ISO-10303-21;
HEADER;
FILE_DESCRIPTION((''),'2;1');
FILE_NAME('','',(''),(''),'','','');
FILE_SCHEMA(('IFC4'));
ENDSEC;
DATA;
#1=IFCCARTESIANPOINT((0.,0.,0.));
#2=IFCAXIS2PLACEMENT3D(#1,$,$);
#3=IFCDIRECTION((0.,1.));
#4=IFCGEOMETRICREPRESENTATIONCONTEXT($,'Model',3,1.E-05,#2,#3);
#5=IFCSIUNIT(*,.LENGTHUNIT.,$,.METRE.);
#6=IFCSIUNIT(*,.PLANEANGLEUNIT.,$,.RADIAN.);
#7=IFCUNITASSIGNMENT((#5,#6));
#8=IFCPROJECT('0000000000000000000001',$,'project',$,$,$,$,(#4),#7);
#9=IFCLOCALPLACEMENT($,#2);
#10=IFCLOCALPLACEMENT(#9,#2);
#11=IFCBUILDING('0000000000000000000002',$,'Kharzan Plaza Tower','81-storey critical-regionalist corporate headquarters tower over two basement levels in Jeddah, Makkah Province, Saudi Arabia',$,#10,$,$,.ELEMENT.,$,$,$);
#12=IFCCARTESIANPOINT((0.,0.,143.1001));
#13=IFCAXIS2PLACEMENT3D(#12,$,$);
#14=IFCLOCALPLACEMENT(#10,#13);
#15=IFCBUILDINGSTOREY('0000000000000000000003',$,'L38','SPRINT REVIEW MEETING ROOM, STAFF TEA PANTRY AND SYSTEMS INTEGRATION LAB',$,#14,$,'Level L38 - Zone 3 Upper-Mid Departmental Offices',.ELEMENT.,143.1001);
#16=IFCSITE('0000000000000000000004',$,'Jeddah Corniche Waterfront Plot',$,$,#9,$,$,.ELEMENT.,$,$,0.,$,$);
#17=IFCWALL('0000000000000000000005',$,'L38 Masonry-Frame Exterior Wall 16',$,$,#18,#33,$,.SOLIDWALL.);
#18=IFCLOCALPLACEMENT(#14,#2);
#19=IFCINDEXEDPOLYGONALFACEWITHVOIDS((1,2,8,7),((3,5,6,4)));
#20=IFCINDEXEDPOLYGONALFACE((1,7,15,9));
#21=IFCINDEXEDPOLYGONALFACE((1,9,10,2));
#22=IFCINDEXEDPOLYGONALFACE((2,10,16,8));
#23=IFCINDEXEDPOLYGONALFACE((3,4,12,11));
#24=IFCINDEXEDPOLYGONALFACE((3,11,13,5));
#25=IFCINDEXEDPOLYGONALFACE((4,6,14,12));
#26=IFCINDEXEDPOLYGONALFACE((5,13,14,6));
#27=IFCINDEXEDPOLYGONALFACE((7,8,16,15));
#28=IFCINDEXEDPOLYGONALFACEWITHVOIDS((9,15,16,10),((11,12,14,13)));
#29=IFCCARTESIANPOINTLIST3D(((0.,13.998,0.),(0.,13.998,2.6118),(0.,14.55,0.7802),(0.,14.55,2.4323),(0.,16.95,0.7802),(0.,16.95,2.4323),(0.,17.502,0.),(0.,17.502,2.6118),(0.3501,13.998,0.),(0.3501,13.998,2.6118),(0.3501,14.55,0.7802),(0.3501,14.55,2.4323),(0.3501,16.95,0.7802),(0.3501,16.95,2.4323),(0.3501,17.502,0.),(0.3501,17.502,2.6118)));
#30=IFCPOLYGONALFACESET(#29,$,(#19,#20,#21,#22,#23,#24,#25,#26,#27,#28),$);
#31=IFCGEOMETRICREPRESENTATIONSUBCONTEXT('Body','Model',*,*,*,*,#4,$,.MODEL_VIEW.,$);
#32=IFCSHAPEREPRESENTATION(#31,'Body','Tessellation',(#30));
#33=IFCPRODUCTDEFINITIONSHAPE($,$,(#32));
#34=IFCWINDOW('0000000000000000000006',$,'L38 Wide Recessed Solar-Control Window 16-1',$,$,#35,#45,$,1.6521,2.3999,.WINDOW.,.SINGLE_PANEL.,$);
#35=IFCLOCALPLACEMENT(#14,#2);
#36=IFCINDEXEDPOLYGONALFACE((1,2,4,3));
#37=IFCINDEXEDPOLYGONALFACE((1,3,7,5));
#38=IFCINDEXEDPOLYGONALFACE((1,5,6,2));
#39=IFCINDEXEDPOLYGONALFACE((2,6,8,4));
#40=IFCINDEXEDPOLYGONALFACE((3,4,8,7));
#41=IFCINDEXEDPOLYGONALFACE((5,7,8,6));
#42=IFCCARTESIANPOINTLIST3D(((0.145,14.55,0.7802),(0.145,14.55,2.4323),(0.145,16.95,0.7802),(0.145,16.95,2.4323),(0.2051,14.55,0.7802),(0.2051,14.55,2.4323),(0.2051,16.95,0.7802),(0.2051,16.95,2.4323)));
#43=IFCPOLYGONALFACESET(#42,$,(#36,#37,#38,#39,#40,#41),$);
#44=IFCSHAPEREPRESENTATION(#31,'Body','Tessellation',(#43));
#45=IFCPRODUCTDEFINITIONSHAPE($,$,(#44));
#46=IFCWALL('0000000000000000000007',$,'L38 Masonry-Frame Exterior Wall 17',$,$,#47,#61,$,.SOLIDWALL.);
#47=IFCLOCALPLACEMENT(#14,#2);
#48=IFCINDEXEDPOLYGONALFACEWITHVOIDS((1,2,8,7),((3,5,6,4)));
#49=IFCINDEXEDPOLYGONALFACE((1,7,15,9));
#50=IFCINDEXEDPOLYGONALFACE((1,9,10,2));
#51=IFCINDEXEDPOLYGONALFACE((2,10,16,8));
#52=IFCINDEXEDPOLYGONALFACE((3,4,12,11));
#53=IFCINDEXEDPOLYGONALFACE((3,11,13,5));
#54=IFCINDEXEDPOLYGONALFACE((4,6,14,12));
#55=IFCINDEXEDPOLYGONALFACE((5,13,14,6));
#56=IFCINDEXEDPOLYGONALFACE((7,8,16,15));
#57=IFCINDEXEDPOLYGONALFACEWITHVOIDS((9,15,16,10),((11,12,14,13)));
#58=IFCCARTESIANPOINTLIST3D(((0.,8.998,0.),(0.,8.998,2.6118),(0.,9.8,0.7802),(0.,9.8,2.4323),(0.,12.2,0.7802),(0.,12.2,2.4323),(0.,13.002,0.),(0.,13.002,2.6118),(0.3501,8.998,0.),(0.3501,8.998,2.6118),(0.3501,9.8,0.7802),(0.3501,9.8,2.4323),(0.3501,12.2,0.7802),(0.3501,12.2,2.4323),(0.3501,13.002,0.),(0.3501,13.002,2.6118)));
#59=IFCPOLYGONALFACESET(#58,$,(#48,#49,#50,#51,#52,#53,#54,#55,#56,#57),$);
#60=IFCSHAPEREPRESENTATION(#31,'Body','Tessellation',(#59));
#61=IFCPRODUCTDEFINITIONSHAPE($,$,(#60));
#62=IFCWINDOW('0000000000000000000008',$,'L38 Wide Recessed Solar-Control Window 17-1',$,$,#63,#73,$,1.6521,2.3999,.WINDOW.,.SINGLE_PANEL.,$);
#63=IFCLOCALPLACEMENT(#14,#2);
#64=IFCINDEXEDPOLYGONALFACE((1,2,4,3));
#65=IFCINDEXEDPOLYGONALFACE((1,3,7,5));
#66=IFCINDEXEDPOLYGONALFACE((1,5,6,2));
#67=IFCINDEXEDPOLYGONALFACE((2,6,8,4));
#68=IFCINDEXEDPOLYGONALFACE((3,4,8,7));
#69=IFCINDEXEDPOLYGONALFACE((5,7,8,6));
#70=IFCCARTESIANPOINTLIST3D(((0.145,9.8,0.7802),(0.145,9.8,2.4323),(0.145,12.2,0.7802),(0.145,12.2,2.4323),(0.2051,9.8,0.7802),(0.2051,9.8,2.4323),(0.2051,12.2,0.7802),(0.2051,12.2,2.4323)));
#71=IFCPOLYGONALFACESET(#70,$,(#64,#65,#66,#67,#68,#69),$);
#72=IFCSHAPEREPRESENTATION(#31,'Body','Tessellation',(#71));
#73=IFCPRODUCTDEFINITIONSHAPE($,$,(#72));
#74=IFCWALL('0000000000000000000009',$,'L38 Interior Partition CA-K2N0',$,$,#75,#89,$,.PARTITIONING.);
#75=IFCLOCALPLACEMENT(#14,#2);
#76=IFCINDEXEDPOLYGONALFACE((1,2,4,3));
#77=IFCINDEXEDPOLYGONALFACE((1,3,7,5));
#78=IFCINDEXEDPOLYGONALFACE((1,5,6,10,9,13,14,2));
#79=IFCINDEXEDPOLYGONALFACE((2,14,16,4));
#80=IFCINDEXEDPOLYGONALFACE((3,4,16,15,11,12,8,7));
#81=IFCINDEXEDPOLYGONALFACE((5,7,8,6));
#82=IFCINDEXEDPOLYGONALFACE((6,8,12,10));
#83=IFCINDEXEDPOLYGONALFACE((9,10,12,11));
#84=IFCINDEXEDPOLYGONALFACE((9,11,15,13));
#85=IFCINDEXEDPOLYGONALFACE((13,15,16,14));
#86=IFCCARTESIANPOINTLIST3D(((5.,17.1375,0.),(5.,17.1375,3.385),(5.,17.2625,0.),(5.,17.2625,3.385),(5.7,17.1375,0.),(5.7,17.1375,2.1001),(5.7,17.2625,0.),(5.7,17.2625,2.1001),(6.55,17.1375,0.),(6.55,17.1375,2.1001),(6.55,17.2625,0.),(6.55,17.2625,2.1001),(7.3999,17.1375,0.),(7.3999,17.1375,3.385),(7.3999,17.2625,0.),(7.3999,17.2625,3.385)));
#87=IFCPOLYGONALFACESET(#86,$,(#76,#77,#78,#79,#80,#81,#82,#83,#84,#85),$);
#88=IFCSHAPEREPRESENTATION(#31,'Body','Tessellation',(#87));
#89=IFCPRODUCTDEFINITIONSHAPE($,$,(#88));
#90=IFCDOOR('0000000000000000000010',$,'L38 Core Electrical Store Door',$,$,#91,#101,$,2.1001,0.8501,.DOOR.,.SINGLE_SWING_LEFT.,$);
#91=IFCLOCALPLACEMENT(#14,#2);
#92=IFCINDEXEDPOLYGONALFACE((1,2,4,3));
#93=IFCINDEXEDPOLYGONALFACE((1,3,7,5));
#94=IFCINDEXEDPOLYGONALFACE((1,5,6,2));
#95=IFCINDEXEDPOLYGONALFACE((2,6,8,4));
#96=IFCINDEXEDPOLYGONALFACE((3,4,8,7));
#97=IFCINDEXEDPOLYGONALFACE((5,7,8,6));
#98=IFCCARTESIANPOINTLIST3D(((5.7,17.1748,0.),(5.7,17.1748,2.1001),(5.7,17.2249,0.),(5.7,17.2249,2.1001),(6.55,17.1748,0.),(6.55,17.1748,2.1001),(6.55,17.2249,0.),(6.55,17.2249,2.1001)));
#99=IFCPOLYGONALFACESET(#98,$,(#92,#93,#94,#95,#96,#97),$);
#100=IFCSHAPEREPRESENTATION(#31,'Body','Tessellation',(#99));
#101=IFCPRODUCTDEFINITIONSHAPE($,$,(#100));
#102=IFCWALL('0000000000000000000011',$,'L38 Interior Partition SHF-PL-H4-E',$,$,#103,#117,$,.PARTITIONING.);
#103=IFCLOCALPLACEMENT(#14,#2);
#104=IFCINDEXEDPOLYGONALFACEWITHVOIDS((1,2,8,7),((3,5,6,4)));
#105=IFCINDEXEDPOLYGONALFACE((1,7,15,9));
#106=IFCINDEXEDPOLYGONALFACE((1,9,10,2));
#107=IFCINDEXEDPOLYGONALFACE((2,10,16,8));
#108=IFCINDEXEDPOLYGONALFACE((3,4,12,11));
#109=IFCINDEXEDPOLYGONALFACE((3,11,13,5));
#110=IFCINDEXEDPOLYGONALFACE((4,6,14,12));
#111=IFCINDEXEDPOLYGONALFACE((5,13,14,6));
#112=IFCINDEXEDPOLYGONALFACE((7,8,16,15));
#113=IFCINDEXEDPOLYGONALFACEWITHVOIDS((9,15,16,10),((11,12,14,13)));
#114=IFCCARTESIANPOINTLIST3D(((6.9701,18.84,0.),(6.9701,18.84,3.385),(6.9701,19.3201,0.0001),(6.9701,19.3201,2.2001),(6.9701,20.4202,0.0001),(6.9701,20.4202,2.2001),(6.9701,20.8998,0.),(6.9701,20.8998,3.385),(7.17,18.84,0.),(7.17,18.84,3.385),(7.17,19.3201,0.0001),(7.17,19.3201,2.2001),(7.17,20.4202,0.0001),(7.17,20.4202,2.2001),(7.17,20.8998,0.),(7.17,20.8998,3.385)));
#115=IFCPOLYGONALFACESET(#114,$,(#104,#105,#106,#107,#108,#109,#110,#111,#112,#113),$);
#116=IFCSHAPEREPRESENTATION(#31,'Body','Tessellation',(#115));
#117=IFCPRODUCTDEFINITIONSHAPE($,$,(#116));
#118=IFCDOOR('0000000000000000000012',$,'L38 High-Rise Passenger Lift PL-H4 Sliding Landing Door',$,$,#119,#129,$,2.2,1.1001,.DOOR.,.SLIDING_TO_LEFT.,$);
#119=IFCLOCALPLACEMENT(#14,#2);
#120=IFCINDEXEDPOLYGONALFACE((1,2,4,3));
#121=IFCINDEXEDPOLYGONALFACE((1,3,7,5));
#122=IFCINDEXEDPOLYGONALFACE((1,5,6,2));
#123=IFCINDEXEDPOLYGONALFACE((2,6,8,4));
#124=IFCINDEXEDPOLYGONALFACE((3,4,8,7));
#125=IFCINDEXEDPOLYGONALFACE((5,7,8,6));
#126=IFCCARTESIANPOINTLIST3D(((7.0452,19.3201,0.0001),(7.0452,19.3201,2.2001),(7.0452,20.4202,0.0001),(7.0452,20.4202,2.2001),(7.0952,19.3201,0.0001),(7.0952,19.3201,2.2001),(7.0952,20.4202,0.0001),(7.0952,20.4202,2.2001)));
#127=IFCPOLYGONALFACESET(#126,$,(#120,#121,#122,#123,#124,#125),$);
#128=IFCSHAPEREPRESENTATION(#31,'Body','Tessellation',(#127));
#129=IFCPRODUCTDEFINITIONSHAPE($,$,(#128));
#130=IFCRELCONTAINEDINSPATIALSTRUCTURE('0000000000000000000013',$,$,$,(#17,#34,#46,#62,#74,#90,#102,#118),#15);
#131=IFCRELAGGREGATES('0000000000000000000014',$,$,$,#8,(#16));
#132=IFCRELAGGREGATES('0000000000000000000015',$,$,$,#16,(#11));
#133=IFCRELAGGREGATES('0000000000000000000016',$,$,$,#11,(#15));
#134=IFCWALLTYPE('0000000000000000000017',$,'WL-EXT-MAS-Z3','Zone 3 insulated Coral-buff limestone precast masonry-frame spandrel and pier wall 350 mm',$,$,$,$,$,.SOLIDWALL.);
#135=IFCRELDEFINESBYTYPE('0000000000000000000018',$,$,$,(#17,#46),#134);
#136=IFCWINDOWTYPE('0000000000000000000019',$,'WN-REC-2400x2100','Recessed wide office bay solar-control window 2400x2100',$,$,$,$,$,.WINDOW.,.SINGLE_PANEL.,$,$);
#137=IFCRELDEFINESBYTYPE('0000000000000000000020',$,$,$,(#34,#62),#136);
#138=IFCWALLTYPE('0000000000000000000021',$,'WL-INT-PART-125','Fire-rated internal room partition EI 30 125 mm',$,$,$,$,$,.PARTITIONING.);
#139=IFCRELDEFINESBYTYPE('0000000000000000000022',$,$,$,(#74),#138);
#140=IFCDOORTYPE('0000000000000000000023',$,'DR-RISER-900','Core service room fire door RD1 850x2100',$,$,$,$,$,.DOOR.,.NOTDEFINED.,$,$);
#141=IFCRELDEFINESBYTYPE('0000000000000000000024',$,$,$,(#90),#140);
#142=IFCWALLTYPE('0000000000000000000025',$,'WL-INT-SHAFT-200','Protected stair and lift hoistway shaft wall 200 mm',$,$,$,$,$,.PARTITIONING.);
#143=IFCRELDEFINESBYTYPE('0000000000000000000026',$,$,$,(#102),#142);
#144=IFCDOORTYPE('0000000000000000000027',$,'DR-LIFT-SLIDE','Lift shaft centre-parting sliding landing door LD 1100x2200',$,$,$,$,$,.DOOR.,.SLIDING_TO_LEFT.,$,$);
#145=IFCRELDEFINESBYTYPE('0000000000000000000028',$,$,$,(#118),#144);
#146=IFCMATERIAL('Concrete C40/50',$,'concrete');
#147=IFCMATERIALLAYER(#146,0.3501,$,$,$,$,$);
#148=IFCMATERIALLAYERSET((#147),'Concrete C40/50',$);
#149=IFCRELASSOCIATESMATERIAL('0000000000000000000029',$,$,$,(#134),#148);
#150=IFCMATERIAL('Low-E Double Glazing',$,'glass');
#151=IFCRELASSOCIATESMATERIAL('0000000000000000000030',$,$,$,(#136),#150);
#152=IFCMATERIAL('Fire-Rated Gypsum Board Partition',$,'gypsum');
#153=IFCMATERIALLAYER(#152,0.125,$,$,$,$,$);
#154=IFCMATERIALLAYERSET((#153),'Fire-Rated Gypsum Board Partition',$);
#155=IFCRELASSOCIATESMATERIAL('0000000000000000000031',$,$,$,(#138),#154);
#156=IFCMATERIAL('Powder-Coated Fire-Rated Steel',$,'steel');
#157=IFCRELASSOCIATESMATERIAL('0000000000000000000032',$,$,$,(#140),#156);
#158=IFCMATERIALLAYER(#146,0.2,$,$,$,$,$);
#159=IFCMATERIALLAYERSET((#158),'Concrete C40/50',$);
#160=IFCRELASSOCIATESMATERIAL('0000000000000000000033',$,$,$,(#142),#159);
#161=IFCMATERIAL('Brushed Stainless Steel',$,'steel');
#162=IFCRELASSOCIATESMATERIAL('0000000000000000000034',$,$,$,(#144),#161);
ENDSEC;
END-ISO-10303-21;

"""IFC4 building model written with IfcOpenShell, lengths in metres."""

from ifc_helpers import new_model, si_unit, direction, frame, frame_2d, origin, place, context, subcontext, project, spatial, rectangle, extrude, source, transform, mapped, material, layer, layer_set, type_object, element, fill, save


model = new_model("IFC4")

# Units and contexts
model_context = context("Model", 3, precision=1e-05, world=origin(), true_north=direction((0.0, 1.0)))
body_context = subcontext(model_context, "Body", "Model", "MODEL_VIEW")
ifc_project = project(units=[si_unit("LENGTHUNIT", "METRE"), si_unit("PLANEANGLEUNIT", "RADIAN")], contexts=[model_context])

# Site, building, storey
site_placement = place(None, origin())
site = spatial("IfcSite", under=ifc_project, at=site_placement, Name="Jeddah Corniche Waterfront Plot", CompositionType="ELEMENT", RefElevation=0.0)
building_placement = place(site_placement, origin())
building = spatial("IfcBuilding", under=site, at=building_placement, Name="Kharzan Plaza Tower", Description="81-storey critical-regionalist corporate headquarters tower over two basement levels in Jeddah, Makkah Province, Saudi Arabia", CompositionType="ELEMENT")
storey_placement = place(building_placement, frame((0.0, 0.0, 143.1001)))
storey = spatial("IfcBuildingStorey", under=building, at=storey_placement, Name="L38", Description="SPRINT REVIEW MEETING ROOM, STAFF TEA PANTRY AND SYSTEMS INTEGRATION LAB", LongName="Level L38 - Zone 3 Upper-Mid Departmental Offices", CompositionType="ELEMENT", Elevation=143.1001)

# Walls, openings, windows
ifc_material_1 = material(Name="Concrete C40/50", Category="concrete")
ifc_layer_1 = layer(ifc_material_1, 0.3501)
ifc_layer_set_1 = layer_set([ifc_layer_1], Name="Concrete C40/50")
wall_type_1 = type_object("IfcWallType", Name="WL-EXT-MAS-Z3", Description="Zone 3 insulated Coral-buff limestone precast masonry-frame spandrel and pier wall 350 mm", PredefinedType="SOLIDWALL", material=ifc_layer_set_1)
wall_1_placement = place(storey_placement, frame((0.175, 17.502, 0.0), z_axis=(0.0, 0.0, 1.0), x_axis=(0.0, -1.0, 0.0)))
wall_1 = element("IfcWall", 1, at=wall_1_placement, inside=storey, type_object=wall_type_1, Name="L38 Masonry-Frame Exterior Wall 16", PredefinedType="SOLIDWALL", context=body_context, shape_type="SweptSolid", body=[
    extrude(rectangle(XDim=3.5039, YDim=0.3501, at=frame_2d((1.752, 0.0))), origin(), (0.0, 0.0, 1.0), 2.6118),
])
opening_1_placement = place(wall_1_placement, frame((0.552, 0.0, 0.78)))
opening_1 = element("IfcOpeningElement", 2, at=opening_1_placement, cuts=wall_1, PredefinedType="OPENING", context=body_context, shape_type="SweptSolid", body=[
    extrude(rectangle(XDim=2.3999, YDim=1.6521, at=frame_2d((1.2, 0.8262))), frame((0.0, 0.1851, 0.0), z_axis=(0.0, -1.0, 0.0), x_axis=(1.0, 0.0, 0.0)), (0.0, 0.0, 1.0), 0.3701),
])
ifc_material_2 = material(Name="Low-E Double Glazing", Category="glass")
window_type = type_object("IfcWindowType", Name="WN-REC-2400x2100", Description="Recessed wide office bay solar-control window 2400x2100", PartitioningType="SINGLE_PANEL", PredefinedType="WINDOW", material=ifc_material_2)
shared_shape_1 = source(origin(), body_context, "Body", "SweptSolid", [
    extrude(rectangle(XDim=2.3999, YDim=1.6521, at=frame_2d((1.2, 0.8262))), frame((0.0, 0.03, 0.0), z_axis=(0.0, -1.0, 0.0), x_axis=(1.0, 0.0, 0.0)), (0.0, 0.0, 1.0), 0.0601),
])
window_1_placement = place(opening_1_placement, origin())
window_1 = element("IfcWindow", 3, at=window_1_placement, inside=storey, type_object=window_type, Name="L38 Wide Recessed Solar-Control Window 16-1", OverallHeight=1.6521, OverallWidth=2.3999, PartitioningType="SINGLE_PANEL", PredefinedType="WINDOW", context=body_context, shape_type="MappedRepresentation", body=[
    mapped(shared_shape_1, transform((0.0, 0.0, 0.0), x_axis=(1.0, 0.0, 0.0), y_axis=(0.0, 1.0, 0.0), z_axis=(0.0, 0.0, 1.0))),
])
fill(opening_1, window_1)
wall_2_placement = place(storey_placement, frame((0.175, 13.002, 0.0), z_axis=(0.0, 0.0, 1.0), x_axis=(0.0, -1.0, 0.0)))
wall_2 = element("IfcWall", 4, at=wall_2_placement, inside=storey, type_object=wall_type_1, Name="L38 Masonry-Frame Exterior Wall 17", PredefinedType="SOLIDWALL", context=body_context, shape_type="SweptSolid", body=[
    extrude(rectangle(XDim=4.0039, YDim=0.3501, at=frame_2d((2.002, 0.0))), origin(), (0.0, 0.0, 1.0), 2.6118),
])
opening_2_placement = place(wall_2_placement, frame((0.802, 0.0, 0.78)))
opening_2 = element("IfcOpeningElement", 5, at=opening_2_placement, cuts=wall_2, PredefinedType="OPENING", context=body_context, shape_type="SweptSolid", body=[
    extrude(rectangle(XDim=2.3999, YDim=1.6521, at=frame_2d((1.2, 0.8262))), frame((0.0, 0.1851, 0.0), z_axis=(0.0, -1.0, 0.0), x_axis=(1.0, 0.0, 0.0)), (0.0, 0.0, 1.0), 0.3701),
])
window_2_placement = place(opening_2_placement, origin())
window_2 = element("IfcWindow", 6, at=window_2_placement, inside=storey, type_object=window_type, Name="L38 Wide Recessed Solar-Control Window 17-1", OverallHeight=1.6521, OverallWidth=2.3999, PartitioningType="SINGLE_PANEL", PredefinedType="WINDOW", context=body_context, shape_type="MappedRepresentation", body=[
    mapped(shared_shape_1, transform((0.0, 0.0, 0.0), x_axis=(1.0, 0.0, 0.0), y_axis=(0.0, 1.0, 0.0), z_axis=(0.0, 0.0, 1.0))),
])
fill(opening_2, window_2)

# Walls, openings, doors
ifc_material_3 = material(Name="Fire-Rated Gypsum Board Partition", Category="gypsum")
ifc_layer_2 = layer(ifc_material_3, 0.125)
ifc_layer_set_2 = layer_set([ifc_layer_2], Name="Fire-Rated Gypsum Board Partition")
wall_type_2 = type_object("IfcWallType", Name="WL-INT-PART-125", Description="Fire-rated internal room partition EI 30 125 mm", PredefinedType="PARTITIONING", material=ifc_layer_set_2)
wall_3_placement = place(storey_placement, frame((5.0, 17.2, 0.0), z_axis=(0.0, 0.0, 1.0), x_axis=(1.0, 0.0, 0.0)))
wall_3 = element("IfcWall", 7, at=wall_3_placement, inside=storey, type_object=wall_type_2, Name="L38 Interior Partition CA-K2N0", PredefinedType="PARTITIONING", context=body_context, shape_type="SweptSolid", body=[
    extrude(rectangle(XDim=2.3999, YDim=0.125, at=frame_2d((1.2, 0.0))), origin(), (0.0, 0.0, 1.0), 3.385),
])
opening_3_placement = place(wall_3_placement, frame((0.7, 0.0, 0.0)))
opening_3 = element("IfcOpeningElement", 8, at=opening_3_placement, cuts=wall_3, PredefinedType="OPENING", context=body_context, shape_type="SweptSolid", body=[
    extrude(rectangle(XDim=0.8501, YDim=2.1001, at=frame_2d((0.425, 1.05))), frame((0.0, 0.0725, 0.0), z_axis=(0.0, -1.0, 0.0), x_axis=(1.0, 0.0, 0.0)), (0.0, 0.0, 1.0), 0.145),
])
ifc_material_4 = material(Name="Powder-Coated Fire-Rated Steel", Category="steel")
door_type_1 = type_object("IfcDoorType", Name="DR-RISER-900", Description="Core service room fire door RD1 850x2100", OperationType="NOTDEFINED", PredefinedType="DOOR", material=ifc_material_4)
shared_shape_2 = source(origin(), body_context, "Body", "SweptSolid", [
    extrude(rectangle(XDim=0.8501, YDim=2.1001, at=frame_2d((0.425, 1.05))), frame((0.0, 0.0249, 0.0), z_axis=(0.0, -1.0, 0.0), x_axis=(1.0, 0.0, 0.0)), (0.0, 0.0, 1.0), 0.05),
])
door_1_placement = place(opening_3_placement, origin())
door_1 = element("IfcDoor", 9, at=door_1_placement, inside=storey, type_object=door_type_1, Name="L38 Core Electrical Store Door", OperationType="SINGLE_SWING_LEFT", OverallHeight=2.1001, OverallWidth=0.8501, PredefinedType="DOOR", context=body_context, shape_type="MappedRepresentation", body=[
    mapped(shared_shape_2, transform((0.0, 0.0, 0.0), x_axis=(1.0, 0.0, 0.0), y_axis=(0.0, 1.0, 0.0), z_axis=(0.0, 0.0, 1.0))),
])
fill(opening_3, door_1)
ifc_layer_3 = layer(ifc_material_1, 0.2)
ifc_layer_set_3 = layer_set([ifc_layer_3], Name="Concrete C40/50")
wall_type_3 = type_object("IfcWallType", Name="WL-INT-SHAFT-200", Description="Protected stair and lift hoistway shaft wall 200 mm", PredefinedType="PARTITIONING", material=ifc_layer_set_3)
wall_4_placement = place(storey_placement, frame((7.0701, 18.8401, 0.0), z_axis=(0.0, 0.0, 1.0), x_axis=(0.0, 1.0, 0.0)))
wall_4 = element("IfcWall", 10, at=wall_4_placement, inside=storey, type_object=wall_type_3, Name="L38 Interior Partition SHF-PL-H4-E", PredefinedType="PARTITIONING", context=body_context, shape_type="SweptSolid", body=[
    extrude(rectangle(XDim=2.0598, YDim=0.2, at=frame_2d((1.0298, 0.0))), origin(), (0.0, 0.0, 1.0), 3.385),
])
opening_4_placement = place(wall_4_placement, frame((0.48, 0.0, 0.0)))
opening_4 = element("IfcOpeningElement", 11, at=opening_4_placement, cuts=wall_4, PredefinedType="OPENING", context=body_context, shape_type="SweptSolid", body=[
    extrude(rectangle(XDim=1.1001, YDim=2.2, at=frame_2d((0.55, 1.1001))), frame((0.0, 0.1099, 0.0), z_axis=(0.0, -1.0, 0.0), x_axis=(1.0, 0.0, 0.0)), (0.0, 0.0, 1.0), 0.22),
])
ifc_material_5 = material(Name="Brushed Stainless Steel", Category="steel")
door_type_2 = type_object("IfcDoorType", Name="DR-LIFT-SLIDE", Description="Lift shaft centre-parting sliding landing door LD 1100x2200", OperationType="SLIDING_TO_LEFT", PredefinedType="DOOR", material=ifc_material_5)
shared_shape_3 = source(origin(), body_context, "Body", "SweptSolid", [
    extrude(rectangle(XDim=1.1001, YDim=2.2, at=frame_2d((0.55, 1.1001))), frame((0.0, 0.0249, 0.0), z_axis=(0.0, -1.0, 0.0), x_axis=(1.0, 0.0, 0.0)), (0.0, 0.0, 1.0), 0.05),
])
door_2_placement = place(opening_4_placement, origin())
door_2 = element("IfcDoor", 12, at=door_2_placement, inside=storey, type_object=door_type_2, Name="L38 High-Rise Passenger Lift PL-H4 Sliding Landing Door", OperationType="SLIDING_TO_LEFT", OverallHeight=2.2, OverallWidth=1.1001, PredefinedType="DOOR", context=body_context, shape_type="MappedRepresentation", body=[
    mapped(shared_shape_3, transform((0.0, 0.0, 0.0), x_axis=(1.0, 0.0, 0.0), y_axis=(0.0, 1.0, 0.0), z_axis=(0.0, 0.0, 1.0))),
])
fill(opening_4, door_2)

save(model, "model.ifc")
